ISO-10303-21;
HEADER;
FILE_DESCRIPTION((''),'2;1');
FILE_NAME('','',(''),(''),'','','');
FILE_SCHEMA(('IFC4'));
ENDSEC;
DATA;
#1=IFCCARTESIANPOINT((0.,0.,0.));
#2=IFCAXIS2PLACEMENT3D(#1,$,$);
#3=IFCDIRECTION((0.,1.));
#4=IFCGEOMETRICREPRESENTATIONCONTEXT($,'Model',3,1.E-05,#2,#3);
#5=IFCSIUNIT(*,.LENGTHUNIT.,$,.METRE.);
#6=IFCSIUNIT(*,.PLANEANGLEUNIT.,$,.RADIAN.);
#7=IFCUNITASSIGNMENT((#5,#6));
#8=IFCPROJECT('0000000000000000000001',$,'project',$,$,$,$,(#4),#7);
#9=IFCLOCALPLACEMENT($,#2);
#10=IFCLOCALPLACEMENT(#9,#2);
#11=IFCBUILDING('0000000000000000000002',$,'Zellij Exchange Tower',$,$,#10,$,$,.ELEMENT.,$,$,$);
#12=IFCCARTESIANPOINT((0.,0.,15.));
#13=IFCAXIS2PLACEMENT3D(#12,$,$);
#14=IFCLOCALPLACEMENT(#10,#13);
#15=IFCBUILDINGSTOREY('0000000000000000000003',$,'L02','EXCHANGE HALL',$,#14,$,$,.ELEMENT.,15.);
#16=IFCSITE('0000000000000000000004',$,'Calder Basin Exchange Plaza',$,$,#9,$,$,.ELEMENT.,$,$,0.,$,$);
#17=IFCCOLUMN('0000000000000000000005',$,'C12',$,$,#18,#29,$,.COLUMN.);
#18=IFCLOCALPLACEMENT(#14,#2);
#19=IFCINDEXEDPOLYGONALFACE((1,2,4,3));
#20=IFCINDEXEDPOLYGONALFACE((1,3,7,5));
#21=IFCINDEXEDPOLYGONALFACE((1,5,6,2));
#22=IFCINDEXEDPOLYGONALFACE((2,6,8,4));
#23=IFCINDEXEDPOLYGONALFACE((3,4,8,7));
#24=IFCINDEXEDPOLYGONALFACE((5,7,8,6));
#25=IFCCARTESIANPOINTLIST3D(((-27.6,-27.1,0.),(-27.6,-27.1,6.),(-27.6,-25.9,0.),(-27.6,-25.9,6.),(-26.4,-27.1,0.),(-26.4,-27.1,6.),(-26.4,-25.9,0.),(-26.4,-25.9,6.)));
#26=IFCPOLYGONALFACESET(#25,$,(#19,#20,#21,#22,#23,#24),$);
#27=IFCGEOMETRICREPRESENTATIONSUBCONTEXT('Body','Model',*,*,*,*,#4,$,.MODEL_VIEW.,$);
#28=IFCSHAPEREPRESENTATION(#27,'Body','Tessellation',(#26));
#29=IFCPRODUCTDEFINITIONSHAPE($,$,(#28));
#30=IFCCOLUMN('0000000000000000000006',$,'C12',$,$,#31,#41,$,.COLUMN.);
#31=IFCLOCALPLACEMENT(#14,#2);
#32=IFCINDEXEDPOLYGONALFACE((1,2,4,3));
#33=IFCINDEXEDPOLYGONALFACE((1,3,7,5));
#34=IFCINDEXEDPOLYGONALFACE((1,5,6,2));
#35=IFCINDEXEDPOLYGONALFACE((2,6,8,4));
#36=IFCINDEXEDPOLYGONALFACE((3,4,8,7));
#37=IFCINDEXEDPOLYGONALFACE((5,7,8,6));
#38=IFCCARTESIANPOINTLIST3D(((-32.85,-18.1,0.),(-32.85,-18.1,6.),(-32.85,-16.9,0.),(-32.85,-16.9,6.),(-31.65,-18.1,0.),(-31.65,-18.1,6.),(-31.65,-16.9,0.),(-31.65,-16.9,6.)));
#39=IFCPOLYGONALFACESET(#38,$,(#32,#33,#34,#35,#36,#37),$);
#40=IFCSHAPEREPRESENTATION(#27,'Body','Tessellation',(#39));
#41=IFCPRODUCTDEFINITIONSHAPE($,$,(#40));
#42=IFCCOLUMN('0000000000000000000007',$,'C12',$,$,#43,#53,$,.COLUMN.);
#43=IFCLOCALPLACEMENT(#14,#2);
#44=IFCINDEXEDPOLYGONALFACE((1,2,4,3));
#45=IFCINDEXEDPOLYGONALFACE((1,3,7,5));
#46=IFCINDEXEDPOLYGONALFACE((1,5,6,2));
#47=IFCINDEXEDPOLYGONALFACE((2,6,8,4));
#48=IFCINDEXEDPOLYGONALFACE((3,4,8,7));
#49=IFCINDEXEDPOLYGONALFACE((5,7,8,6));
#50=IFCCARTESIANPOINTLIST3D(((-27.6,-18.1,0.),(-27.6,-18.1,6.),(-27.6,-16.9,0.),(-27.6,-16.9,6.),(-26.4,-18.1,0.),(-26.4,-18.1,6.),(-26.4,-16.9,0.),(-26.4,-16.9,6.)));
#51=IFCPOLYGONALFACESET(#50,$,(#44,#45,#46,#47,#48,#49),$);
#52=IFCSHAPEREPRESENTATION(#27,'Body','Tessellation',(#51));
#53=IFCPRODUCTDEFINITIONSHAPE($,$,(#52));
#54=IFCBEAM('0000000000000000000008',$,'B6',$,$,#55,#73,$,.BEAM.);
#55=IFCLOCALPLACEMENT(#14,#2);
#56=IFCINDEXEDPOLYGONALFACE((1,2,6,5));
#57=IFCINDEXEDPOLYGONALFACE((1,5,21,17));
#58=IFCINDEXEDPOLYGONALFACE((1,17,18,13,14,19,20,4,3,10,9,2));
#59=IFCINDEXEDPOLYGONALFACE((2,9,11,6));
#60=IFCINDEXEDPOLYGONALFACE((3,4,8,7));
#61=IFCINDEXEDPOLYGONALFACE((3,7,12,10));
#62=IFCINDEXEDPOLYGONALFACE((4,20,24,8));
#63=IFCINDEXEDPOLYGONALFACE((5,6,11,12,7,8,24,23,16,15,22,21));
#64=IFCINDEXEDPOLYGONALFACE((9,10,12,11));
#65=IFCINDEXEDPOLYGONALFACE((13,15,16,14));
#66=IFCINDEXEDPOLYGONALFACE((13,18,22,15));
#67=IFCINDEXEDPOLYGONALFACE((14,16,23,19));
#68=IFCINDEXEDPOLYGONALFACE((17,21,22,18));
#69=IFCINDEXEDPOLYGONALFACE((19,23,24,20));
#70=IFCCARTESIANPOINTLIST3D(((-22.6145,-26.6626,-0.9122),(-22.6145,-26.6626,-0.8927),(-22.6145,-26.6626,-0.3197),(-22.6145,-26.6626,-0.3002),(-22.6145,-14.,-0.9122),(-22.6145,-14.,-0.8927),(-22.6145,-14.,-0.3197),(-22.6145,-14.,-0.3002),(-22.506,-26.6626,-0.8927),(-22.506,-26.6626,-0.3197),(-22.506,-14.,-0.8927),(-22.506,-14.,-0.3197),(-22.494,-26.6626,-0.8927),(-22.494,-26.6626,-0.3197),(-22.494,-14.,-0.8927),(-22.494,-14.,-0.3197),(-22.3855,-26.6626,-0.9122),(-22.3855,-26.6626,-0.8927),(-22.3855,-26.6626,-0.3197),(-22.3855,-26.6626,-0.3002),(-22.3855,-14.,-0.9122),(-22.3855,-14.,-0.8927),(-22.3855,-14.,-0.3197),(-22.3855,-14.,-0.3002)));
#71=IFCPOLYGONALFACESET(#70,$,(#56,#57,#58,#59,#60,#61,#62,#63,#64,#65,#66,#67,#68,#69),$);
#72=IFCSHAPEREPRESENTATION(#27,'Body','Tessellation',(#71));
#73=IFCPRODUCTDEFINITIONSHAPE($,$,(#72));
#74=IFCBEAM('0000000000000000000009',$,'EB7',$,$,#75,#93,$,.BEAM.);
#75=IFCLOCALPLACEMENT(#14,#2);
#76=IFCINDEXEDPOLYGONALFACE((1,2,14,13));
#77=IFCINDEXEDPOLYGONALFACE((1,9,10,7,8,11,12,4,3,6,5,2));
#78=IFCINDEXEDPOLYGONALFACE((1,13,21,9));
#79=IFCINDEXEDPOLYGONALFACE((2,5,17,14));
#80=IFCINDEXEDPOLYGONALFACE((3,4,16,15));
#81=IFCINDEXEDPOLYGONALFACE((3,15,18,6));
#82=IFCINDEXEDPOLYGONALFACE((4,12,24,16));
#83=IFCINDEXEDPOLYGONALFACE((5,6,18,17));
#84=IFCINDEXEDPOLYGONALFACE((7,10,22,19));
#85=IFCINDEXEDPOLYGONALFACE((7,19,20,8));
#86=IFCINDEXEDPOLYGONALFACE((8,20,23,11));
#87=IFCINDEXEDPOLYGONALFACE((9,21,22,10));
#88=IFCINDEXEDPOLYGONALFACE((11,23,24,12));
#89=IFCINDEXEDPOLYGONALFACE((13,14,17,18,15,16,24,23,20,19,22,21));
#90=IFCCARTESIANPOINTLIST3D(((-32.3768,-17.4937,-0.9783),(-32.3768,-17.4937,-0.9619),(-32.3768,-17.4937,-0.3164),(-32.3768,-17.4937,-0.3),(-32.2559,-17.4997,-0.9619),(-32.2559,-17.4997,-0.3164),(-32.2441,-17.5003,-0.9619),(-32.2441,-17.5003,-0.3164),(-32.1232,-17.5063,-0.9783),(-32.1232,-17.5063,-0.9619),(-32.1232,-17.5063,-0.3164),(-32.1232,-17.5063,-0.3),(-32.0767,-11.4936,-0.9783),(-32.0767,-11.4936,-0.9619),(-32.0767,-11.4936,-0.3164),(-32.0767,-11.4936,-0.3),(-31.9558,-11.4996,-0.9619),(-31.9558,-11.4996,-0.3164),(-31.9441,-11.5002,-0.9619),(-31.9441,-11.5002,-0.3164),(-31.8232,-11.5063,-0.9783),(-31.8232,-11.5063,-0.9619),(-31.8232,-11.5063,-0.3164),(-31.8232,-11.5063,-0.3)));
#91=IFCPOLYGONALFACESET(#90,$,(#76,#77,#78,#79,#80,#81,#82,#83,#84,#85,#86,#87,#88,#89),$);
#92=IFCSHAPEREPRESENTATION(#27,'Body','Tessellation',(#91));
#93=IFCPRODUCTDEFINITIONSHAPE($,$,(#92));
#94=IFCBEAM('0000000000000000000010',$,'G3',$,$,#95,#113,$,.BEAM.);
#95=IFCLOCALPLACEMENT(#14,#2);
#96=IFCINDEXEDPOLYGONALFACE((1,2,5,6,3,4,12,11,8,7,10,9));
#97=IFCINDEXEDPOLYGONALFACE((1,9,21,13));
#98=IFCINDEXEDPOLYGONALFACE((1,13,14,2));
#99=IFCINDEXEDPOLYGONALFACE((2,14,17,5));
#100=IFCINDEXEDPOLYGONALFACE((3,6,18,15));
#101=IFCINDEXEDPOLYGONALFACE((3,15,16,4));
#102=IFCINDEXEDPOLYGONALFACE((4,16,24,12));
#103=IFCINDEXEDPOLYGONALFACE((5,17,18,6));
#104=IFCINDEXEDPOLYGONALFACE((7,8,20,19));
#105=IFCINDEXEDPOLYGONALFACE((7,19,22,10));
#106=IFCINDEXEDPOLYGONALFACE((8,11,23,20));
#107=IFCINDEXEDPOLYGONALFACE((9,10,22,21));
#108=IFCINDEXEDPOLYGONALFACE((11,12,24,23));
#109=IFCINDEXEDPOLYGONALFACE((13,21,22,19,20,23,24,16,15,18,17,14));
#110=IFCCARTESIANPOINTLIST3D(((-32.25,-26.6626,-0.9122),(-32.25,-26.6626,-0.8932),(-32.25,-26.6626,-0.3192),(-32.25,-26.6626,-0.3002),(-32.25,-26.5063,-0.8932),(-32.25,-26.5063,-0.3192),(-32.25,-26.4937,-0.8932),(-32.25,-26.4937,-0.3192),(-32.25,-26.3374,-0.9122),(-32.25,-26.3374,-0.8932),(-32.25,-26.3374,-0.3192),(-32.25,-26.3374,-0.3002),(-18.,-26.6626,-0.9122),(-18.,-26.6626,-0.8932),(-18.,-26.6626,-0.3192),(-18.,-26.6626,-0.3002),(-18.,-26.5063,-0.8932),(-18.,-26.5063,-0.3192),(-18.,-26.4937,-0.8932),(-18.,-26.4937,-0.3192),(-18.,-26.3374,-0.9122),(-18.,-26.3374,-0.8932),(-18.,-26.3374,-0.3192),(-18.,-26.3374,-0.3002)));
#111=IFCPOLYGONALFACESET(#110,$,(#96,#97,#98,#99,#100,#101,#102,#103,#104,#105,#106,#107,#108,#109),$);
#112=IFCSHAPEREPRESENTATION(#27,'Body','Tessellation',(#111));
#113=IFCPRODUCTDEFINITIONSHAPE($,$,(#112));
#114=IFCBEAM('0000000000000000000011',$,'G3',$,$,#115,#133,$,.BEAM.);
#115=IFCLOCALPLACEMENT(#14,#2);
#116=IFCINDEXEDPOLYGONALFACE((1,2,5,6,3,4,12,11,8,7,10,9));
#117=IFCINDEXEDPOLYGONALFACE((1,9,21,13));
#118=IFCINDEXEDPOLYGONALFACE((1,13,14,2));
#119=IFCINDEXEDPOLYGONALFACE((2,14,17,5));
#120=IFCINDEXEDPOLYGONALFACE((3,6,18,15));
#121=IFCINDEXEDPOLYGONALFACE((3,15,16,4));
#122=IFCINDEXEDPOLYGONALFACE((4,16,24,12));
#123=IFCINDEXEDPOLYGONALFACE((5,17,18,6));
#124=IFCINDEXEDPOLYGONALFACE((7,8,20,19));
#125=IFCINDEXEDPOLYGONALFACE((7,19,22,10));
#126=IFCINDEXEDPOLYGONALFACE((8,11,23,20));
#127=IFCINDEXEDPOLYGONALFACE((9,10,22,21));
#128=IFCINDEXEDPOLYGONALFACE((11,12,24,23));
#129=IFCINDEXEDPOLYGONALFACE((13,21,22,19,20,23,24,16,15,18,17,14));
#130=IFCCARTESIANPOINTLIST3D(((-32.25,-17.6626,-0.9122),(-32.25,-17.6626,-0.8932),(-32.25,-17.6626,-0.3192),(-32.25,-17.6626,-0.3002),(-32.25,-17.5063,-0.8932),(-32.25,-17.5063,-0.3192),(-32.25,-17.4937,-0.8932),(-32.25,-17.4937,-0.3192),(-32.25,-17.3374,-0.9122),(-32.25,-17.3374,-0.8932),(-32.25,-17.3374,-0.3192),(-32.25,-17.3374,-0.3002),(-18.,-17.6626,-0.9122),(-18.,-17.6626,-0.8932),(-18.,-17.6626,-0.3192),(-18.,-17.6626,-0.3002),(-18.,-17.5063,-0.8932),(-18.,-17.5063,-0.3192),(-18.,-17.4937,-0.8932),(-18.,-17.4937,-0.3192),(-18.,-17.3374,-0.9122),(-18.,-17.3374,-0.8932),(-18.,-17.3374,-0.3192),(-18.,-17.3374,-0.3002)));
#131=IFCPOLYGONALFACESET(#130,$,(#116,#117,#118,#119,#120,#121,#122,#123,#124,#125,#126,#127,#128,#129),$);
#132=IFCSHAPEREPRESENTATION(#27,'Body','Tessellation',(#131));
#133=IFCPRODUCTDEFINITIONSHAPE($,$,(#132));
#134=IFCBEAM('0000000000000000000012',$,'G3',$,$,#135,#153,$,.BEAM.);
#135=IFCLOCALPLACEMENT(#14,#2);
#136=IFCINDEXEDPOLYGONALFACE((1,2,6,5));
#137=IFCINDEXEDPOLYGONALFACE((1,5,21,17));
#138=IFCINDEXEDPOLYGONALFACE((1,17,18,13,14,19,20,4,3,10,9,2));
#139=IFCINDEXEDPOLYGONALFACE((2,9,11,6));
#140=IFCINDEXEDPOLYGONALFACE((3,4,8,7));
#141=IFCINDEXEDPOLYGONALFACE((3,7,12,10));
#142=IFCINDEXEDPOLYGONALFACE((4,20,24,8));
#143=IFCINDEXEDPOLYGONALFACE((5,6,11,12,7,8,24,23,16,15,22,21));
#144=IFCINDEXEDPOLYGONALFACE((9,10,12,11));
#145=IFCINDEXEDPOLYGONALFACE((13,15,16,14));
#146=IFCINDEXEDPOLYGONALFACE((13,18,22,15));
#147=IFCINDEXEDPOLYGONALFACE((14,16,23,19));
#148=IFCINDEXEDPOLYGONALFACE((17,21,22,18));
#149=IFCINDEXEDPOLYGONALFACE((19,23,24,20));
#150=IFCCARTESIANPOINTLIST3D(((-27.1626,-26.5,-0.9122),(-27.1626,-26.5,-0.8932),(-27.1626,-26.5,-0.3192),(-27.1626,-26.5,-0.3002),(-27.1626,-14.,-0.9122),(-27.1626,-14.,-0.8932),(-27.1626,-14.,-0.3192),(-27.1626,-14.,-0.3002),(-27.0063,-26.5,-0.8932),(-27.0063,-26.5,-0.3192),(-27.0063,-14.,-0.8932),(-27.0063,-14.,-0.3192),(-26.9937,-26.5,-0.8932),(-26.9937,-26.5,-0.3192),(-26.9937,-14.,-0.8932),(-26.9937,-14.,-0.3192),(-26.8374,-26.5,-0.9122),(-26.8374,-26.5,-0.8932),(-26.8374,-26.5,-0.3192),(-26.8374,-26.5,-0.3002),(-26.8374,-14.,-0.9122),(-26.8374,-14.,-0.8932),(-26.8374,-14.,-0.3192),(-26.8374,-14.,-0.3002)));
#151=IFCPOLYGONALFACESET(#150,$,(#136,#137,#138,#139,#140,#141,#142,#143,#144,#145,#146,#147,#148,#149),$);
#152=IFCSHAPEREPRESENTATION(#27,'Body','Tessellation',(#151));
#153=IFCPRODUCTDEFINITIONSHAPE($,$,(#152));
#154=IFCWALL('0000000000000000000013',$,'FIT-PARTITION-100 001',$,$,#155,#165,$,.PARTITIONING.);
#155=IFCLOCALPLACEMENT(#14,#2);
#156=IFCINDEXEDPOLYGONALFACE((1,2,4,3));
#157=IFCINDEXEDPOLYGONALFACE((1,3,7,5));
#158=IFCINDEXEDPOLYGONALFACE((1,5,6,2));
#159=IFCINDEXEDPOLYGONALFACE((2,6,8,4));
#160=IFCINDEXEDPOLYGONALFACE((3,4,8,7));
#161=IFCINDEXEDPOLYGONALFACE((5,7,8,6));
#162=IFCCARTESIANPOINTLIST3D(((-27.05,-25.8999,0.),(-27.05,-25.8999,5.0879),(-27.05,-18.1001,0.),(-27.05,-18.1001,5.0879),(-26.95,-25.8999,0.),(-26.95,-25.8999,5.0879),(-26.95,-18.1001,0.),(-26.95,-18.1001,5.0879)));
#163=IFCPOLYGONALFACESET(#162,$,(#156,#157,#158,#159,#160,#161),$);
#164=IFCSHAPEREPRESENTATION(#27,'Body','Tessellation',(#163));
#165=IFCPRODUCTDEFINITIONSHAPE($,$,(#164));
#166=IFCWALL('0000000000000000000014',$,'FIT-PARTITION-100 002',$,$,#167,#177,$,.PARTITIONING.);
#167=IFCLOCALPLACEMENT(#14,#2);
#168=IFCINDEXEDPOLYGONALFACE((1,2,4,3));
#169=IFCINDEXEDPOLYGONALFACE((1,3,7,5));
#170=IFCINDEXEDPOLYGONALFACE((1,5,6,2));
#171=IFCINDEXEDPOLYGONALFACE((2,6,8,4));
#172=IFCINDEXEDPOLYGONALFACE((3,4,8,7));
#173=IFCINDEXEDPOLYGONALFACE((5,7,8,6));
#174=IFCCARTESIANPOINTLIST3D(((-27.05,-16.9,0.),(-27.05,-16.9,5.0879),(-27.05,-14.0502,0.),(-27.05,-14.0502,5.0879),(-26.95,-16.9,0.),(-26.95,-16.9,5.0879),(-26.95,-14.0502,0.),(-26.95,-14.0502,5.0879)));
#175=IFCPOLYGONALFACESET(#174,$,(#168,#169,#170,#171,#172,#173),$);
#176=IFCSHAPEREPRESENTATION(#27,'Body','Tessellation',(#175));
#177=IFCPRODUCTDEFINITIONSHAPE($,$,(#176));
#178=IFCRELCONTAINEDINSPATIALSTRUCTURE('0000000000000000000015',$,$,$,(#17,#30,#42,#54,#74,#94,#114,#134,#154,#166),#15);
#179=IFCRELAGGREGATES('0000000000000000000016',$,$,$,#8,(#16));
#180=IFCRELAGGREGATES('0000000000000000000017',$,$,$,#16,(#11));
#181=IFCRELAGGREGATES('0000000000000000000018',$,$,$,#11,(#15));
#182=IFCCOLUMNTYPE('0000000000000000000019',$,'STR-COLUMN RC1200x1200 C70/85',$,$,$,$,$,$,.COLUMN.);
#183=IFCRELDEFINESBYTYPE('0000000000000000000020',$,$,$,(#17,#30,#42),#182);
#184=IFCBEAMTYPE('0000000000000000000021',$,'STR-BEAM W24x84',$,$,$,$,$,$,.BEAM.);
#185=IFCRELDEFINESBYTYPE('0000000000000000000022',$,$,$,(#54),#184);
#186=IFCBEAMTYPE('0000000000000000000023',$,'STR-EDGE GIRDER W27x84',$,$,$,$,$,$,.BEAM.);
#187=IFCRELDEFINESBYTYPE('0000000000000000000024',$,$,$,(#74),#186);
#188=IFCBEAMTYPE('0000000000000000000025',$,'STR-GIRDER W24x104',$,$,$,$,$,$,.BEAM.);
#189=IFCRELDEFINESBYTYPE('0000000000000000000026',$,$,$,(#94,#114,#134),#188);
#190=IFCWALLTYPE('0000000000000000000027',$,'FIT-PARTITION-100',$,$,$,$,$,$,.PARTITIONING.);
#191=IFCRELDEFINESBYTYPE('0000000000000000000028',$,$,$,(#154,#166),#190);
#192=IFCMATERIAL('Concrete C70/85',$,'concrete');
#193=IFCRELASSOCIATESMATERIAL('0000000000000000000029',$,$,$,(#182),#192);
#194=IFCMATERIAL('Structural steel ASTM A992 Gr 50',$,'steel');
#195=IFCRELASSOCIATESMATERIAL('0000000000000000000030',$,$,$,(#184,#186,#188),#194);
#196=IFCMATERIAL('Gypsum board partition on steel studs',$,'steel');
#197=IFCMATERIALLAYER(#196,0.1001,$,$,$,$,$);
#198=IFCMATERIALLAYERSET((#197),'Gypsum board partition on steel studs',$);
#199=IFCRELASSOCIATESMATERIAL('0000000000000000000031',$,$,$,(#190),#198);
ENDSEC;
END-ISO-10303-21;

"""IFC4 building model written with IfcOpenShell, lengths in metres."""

from ifc_helpers import new_model, si_unit, direction, frame, frame_2d, origin, origin_2d, place, context, subcontext, project, spatial, rectangle, i_section, extrude, material, layer, layer_set, material_profile, profile_set, type_object, element, save


model = new_model("IFC4")

# Units and contexts
model_context = context("Model", 3, precision=1e-05, world=origin(), true_north=direction((0.0, 1.0)))
body_context = subcontext(model_context, "Body", "Model", "MODEL_VIEW")
ifc_project = project(units=[si_unit("LENGTHUNIT", "METRE"), si_unit("PLANEANGLEUNIT", "RADIAN")], contexts=[model_context])

# Site, building, storey
site_placement = place(None, origin())
site = spatial("IfcSite", under=ifc_project, at=site_placement, Name="Calder Basin Exchange Plaza", CompositionType="ELEMENT", RefElevation=0.0)
building_placement = place(site_placement, origin())
building = spatial("IfcBuilding", under=site, at=building_placement, Name="Zellij Exchange Tower", CompositionType="ELEMENT")
storey_placement = place(building_placement, frame((0.0, 0.0, 15.0)))
storey = spatial("IfcBuildingStorey", under=building, at=storey_placement, Name="L02", Description="EXCHANGE HALL", CompositionType="ELEMENT", Elevation=15.0)

# Columns
ifc_material_1 = material(Name="Concrete C70/85", Category="concrete")
ifc_material_profile_1 = material_profile(ifc_material_1, rectangle(XDim=1.2, YDim=1.2, at=origin_2d()), Name="STR-COLUMN RC1200x1200 C70/85")
ifc_profile_set_1 = profile_set([ifc_material_profile_1], Name="Concrete C70/85")
column_type = type_object("IfcColumnType", Name="STR-COLUMN RC1200x1200 C70/85", PredefinedType="COLUMN", material=ifc_profile_set_1)
for number, where, z_axis, x_axis, name in (
    (1, (-27.0, -26.5, 0.0), (0.0, 0.0, 1.0), (1.0, 0.0, 0.0), "C12"),
    (2, (-32.25, -17.5, 0.0), (0.0, 0.0, 1.0), (1.0, 0.0, 0.0), "C12"),
    (3, (-27.0, -17.5, 0.0), (0.0, 0.0, 1.0), (1.0, 0.0, 0.0), "C12"),
):
    element("IfcColumn", number, at=place(storey_placement, frame(where, z_axis=z_axis, x_axis=x_axis)), inside=storey, type_object=column_type, Name=name, PredefinedType="COLUMN", context=body_context, shape_type="SweptSolid", body=[
        extrude(rectangle(XDim=1.2, YDim=1.2, at=origin_2d()), origin(), (0.0, 0.0, 1.0), 6.0),
    ])

# Beams
ifc_material_2 = material(Name="Structural steel ASTM A992 Gr 50", Category="steel")
ifc_material_profile_2 = material_profile(ifc_material_2, i_section(OverallWidth=0.229, OverallDepth=0.6121, WebThickness=0.012, FlangeThickness=0.0195, at=origin_2d()), Name="W24x84")
ifc_profile_set_2 = profile_set([ifc_material_profile_2], Name="Structural steel ASTM A992 Gr 50")
beam_type_1 = type_object("IfcBeamType", Name="STR-BEAM W24x84", PredefinedType="BEAM", material=ifc_profile_set_2)
beam_1_placement = place(storey_placement, frame((-22.5, -26.6626, -0.6062), z_axis=(0.0, 1.0, 0.0), x_axis=(-1.0, 0.0, 0.0)))
element("IfcBeam", 4, at=beam_1_placement, inside=storey, type_object=beam_type_1, Name="B6", PredefinedType="BEAM", context=body_context, shape_type="SweptSolid", body=[
    extrude(i_section(OverallWidth=0.229, OverallDepth=0.6121, WebThickness=0.012, FlangeThickness=0.0195, at=origin_2d()), origin(), (0.0, 0.0, 1.0), 12.6626),
])
ifc_material_profile_3 = material_profile(ifc_material_2, i_section(OverallWidth=0.2539, OverallDepth=0.6782, WebThickness=0.0117, FlangeThickness=0.0164, at=origin_2d()), Name="W27x84")
ifc_profile_set_3 = profile_set([ifc_material_profile_3], Name="Structural steel ASTM A992 Gr 50")
beam_type_2 = type_object("IfcBeamType", Name="STR-EDGE GIRDER W27x84", PredefinedType="BEAM", material=ifc_profile_set_3)
beam_2_placement = place(storey_placement, frame((-32.25, -17.5, -0.6392), z_axis=(0.049946, 0.998752, 0.0), x_axis=(-0.998752, 0.049946, 0.0)))
element("IfcBeam", 5, at=beam_2_placement, inside=storey, type_object=beam_type_2, Name="EB7", PredefinedType="BEAM", context=body_context, shape_type="SweptSolid", body=[
    extrude(i_section(OverallWidth=0.2539, OverallDepth=0.6782, WebThickness=0.0117, FlangeThickness=0.0164, at=origin_2d()), origin(), (0.0, 0.0, 1.0), 6.0076),
])
ifc_material_profile_4 = material_profile(ifc_material_2, i_section(OverallWidth=0.3252, OverallDepth=0.6121, WebThickness=0.0127, FlangeThickness=0.019, at=origin_2d()), Name="W24x104")
ifc_profile_set_4 = profile_set([ifc_material_profile_4], Name="Structural steel ASTM A992 Gr 50")
beam_type_3 = type_object("IfcBeamType", Name="STR-GIRDER W24x104", PredefinedType="BEAM", material=ifc_profile_set_4)
for number, where, z_axis, x_axis, name in (
    (6, (-32.25, -26.5, -0.6062), (1.0, 0.0, 0.0), (0.0, 1.0, 0.0), "G3"),
    (7, (-32.25, -17.5, -0.6062), (1.0, 0.0, 0.0), (0.0, 1.0, 0.0), "G3"),
):
    element("IfcBeam", number, at=place(storey_placement, frame(where, z_axis=z_axis, x_axis=x_axis)), inside=storey, type_object=beam_type_3, Name=name, PredefinedType="BEAM", context=body_context, shape_type="SweptSolid", body=[
        extrude(i_section(OverallWidth=0.3252, OverallDepth=0.6121, WebThickness=0.0127, FlangeThickness=0.019, at=origin_2d()), origin(), (0.0, 0.0, 1.0), 14.25),
    ])
beam_3_placement = place(storey_placement, frame((-27.0, -26.5, -0.6062), z_axis=(0.0, 1.0, 0.0), x_axis=(-1.0, 0.0, 0.0)))
element("IfcBeam", 8, at=beam_3_placement, inside=storey, type_object=beam_type_3, Name="G3", PredefinedType="BEAM", context=body_context, shape_type="SweptSolid", body=[
    extrude(i_section(OverallWidth=0.3252, OverallDepth=0.6121, WebThickness=0.0127, FlangeThickness=0.019, at=origin_2d()), origin(), (0.0, 0.0, 1.0), 12.5),
])

# Walls
ifc_material_3 = material(Name="Gypsum board partition on steel studs", Category="steel")
ifc_layer = layer(ifc_material_3, 0.1001)
ifc_layer_set = layer_set([ifc_layer], Name="Gypsum board partition on steel studs")
wall_type = type_object("IfcWallType", Name="FIT-PARTITION-100", PredefinedType="PARTITIONING", material=ifc_layer_set)
wall_1_placement = place(storey_placement, frame((-27.0, -25.8999, 0.0), z_axis=(0.0, 0.0, 1.0), x_axis=(0.0, 1.0, 0.0)))
element("IfcWall", 9, at=wall_1_placement, inside=storey, type_object=wall_type, Name="FIT-PARTITION-100 001", PredefinedType="PARTITIONING", context=body_context, shape_type="SweptSolid", body=[
    extrude(rectangle(XDim=7.7998, YDim=0.1001, at=frame_2d((3.8999, 0.0))), origin(), (0.0, 0.0, 1.0), 5.0879),
])
wall_2_placement = place(storey_placement, frame((-27.0, -16.8999, 0.0), z_axis=(0.0, 0.0, 1.0), x_axis=(0.0, 1.0, 0.0)))
element("IfcWall", 10, at=wall_2_placement, inside=storey, type_object=wall_type, Name="FIT-PARTITION-100 002", PredefinedType="PARTITIONING", context=body_context, shape_type="SweptSolid", body=[
    extrude(rectangle(XDim=2.8499, YDim=0.1001, at=frame_2d((1.4248, 0.0))), origin(), (0.0, 0.0, 1.0), 5.0879),
])

save(model, "model.ifc")
